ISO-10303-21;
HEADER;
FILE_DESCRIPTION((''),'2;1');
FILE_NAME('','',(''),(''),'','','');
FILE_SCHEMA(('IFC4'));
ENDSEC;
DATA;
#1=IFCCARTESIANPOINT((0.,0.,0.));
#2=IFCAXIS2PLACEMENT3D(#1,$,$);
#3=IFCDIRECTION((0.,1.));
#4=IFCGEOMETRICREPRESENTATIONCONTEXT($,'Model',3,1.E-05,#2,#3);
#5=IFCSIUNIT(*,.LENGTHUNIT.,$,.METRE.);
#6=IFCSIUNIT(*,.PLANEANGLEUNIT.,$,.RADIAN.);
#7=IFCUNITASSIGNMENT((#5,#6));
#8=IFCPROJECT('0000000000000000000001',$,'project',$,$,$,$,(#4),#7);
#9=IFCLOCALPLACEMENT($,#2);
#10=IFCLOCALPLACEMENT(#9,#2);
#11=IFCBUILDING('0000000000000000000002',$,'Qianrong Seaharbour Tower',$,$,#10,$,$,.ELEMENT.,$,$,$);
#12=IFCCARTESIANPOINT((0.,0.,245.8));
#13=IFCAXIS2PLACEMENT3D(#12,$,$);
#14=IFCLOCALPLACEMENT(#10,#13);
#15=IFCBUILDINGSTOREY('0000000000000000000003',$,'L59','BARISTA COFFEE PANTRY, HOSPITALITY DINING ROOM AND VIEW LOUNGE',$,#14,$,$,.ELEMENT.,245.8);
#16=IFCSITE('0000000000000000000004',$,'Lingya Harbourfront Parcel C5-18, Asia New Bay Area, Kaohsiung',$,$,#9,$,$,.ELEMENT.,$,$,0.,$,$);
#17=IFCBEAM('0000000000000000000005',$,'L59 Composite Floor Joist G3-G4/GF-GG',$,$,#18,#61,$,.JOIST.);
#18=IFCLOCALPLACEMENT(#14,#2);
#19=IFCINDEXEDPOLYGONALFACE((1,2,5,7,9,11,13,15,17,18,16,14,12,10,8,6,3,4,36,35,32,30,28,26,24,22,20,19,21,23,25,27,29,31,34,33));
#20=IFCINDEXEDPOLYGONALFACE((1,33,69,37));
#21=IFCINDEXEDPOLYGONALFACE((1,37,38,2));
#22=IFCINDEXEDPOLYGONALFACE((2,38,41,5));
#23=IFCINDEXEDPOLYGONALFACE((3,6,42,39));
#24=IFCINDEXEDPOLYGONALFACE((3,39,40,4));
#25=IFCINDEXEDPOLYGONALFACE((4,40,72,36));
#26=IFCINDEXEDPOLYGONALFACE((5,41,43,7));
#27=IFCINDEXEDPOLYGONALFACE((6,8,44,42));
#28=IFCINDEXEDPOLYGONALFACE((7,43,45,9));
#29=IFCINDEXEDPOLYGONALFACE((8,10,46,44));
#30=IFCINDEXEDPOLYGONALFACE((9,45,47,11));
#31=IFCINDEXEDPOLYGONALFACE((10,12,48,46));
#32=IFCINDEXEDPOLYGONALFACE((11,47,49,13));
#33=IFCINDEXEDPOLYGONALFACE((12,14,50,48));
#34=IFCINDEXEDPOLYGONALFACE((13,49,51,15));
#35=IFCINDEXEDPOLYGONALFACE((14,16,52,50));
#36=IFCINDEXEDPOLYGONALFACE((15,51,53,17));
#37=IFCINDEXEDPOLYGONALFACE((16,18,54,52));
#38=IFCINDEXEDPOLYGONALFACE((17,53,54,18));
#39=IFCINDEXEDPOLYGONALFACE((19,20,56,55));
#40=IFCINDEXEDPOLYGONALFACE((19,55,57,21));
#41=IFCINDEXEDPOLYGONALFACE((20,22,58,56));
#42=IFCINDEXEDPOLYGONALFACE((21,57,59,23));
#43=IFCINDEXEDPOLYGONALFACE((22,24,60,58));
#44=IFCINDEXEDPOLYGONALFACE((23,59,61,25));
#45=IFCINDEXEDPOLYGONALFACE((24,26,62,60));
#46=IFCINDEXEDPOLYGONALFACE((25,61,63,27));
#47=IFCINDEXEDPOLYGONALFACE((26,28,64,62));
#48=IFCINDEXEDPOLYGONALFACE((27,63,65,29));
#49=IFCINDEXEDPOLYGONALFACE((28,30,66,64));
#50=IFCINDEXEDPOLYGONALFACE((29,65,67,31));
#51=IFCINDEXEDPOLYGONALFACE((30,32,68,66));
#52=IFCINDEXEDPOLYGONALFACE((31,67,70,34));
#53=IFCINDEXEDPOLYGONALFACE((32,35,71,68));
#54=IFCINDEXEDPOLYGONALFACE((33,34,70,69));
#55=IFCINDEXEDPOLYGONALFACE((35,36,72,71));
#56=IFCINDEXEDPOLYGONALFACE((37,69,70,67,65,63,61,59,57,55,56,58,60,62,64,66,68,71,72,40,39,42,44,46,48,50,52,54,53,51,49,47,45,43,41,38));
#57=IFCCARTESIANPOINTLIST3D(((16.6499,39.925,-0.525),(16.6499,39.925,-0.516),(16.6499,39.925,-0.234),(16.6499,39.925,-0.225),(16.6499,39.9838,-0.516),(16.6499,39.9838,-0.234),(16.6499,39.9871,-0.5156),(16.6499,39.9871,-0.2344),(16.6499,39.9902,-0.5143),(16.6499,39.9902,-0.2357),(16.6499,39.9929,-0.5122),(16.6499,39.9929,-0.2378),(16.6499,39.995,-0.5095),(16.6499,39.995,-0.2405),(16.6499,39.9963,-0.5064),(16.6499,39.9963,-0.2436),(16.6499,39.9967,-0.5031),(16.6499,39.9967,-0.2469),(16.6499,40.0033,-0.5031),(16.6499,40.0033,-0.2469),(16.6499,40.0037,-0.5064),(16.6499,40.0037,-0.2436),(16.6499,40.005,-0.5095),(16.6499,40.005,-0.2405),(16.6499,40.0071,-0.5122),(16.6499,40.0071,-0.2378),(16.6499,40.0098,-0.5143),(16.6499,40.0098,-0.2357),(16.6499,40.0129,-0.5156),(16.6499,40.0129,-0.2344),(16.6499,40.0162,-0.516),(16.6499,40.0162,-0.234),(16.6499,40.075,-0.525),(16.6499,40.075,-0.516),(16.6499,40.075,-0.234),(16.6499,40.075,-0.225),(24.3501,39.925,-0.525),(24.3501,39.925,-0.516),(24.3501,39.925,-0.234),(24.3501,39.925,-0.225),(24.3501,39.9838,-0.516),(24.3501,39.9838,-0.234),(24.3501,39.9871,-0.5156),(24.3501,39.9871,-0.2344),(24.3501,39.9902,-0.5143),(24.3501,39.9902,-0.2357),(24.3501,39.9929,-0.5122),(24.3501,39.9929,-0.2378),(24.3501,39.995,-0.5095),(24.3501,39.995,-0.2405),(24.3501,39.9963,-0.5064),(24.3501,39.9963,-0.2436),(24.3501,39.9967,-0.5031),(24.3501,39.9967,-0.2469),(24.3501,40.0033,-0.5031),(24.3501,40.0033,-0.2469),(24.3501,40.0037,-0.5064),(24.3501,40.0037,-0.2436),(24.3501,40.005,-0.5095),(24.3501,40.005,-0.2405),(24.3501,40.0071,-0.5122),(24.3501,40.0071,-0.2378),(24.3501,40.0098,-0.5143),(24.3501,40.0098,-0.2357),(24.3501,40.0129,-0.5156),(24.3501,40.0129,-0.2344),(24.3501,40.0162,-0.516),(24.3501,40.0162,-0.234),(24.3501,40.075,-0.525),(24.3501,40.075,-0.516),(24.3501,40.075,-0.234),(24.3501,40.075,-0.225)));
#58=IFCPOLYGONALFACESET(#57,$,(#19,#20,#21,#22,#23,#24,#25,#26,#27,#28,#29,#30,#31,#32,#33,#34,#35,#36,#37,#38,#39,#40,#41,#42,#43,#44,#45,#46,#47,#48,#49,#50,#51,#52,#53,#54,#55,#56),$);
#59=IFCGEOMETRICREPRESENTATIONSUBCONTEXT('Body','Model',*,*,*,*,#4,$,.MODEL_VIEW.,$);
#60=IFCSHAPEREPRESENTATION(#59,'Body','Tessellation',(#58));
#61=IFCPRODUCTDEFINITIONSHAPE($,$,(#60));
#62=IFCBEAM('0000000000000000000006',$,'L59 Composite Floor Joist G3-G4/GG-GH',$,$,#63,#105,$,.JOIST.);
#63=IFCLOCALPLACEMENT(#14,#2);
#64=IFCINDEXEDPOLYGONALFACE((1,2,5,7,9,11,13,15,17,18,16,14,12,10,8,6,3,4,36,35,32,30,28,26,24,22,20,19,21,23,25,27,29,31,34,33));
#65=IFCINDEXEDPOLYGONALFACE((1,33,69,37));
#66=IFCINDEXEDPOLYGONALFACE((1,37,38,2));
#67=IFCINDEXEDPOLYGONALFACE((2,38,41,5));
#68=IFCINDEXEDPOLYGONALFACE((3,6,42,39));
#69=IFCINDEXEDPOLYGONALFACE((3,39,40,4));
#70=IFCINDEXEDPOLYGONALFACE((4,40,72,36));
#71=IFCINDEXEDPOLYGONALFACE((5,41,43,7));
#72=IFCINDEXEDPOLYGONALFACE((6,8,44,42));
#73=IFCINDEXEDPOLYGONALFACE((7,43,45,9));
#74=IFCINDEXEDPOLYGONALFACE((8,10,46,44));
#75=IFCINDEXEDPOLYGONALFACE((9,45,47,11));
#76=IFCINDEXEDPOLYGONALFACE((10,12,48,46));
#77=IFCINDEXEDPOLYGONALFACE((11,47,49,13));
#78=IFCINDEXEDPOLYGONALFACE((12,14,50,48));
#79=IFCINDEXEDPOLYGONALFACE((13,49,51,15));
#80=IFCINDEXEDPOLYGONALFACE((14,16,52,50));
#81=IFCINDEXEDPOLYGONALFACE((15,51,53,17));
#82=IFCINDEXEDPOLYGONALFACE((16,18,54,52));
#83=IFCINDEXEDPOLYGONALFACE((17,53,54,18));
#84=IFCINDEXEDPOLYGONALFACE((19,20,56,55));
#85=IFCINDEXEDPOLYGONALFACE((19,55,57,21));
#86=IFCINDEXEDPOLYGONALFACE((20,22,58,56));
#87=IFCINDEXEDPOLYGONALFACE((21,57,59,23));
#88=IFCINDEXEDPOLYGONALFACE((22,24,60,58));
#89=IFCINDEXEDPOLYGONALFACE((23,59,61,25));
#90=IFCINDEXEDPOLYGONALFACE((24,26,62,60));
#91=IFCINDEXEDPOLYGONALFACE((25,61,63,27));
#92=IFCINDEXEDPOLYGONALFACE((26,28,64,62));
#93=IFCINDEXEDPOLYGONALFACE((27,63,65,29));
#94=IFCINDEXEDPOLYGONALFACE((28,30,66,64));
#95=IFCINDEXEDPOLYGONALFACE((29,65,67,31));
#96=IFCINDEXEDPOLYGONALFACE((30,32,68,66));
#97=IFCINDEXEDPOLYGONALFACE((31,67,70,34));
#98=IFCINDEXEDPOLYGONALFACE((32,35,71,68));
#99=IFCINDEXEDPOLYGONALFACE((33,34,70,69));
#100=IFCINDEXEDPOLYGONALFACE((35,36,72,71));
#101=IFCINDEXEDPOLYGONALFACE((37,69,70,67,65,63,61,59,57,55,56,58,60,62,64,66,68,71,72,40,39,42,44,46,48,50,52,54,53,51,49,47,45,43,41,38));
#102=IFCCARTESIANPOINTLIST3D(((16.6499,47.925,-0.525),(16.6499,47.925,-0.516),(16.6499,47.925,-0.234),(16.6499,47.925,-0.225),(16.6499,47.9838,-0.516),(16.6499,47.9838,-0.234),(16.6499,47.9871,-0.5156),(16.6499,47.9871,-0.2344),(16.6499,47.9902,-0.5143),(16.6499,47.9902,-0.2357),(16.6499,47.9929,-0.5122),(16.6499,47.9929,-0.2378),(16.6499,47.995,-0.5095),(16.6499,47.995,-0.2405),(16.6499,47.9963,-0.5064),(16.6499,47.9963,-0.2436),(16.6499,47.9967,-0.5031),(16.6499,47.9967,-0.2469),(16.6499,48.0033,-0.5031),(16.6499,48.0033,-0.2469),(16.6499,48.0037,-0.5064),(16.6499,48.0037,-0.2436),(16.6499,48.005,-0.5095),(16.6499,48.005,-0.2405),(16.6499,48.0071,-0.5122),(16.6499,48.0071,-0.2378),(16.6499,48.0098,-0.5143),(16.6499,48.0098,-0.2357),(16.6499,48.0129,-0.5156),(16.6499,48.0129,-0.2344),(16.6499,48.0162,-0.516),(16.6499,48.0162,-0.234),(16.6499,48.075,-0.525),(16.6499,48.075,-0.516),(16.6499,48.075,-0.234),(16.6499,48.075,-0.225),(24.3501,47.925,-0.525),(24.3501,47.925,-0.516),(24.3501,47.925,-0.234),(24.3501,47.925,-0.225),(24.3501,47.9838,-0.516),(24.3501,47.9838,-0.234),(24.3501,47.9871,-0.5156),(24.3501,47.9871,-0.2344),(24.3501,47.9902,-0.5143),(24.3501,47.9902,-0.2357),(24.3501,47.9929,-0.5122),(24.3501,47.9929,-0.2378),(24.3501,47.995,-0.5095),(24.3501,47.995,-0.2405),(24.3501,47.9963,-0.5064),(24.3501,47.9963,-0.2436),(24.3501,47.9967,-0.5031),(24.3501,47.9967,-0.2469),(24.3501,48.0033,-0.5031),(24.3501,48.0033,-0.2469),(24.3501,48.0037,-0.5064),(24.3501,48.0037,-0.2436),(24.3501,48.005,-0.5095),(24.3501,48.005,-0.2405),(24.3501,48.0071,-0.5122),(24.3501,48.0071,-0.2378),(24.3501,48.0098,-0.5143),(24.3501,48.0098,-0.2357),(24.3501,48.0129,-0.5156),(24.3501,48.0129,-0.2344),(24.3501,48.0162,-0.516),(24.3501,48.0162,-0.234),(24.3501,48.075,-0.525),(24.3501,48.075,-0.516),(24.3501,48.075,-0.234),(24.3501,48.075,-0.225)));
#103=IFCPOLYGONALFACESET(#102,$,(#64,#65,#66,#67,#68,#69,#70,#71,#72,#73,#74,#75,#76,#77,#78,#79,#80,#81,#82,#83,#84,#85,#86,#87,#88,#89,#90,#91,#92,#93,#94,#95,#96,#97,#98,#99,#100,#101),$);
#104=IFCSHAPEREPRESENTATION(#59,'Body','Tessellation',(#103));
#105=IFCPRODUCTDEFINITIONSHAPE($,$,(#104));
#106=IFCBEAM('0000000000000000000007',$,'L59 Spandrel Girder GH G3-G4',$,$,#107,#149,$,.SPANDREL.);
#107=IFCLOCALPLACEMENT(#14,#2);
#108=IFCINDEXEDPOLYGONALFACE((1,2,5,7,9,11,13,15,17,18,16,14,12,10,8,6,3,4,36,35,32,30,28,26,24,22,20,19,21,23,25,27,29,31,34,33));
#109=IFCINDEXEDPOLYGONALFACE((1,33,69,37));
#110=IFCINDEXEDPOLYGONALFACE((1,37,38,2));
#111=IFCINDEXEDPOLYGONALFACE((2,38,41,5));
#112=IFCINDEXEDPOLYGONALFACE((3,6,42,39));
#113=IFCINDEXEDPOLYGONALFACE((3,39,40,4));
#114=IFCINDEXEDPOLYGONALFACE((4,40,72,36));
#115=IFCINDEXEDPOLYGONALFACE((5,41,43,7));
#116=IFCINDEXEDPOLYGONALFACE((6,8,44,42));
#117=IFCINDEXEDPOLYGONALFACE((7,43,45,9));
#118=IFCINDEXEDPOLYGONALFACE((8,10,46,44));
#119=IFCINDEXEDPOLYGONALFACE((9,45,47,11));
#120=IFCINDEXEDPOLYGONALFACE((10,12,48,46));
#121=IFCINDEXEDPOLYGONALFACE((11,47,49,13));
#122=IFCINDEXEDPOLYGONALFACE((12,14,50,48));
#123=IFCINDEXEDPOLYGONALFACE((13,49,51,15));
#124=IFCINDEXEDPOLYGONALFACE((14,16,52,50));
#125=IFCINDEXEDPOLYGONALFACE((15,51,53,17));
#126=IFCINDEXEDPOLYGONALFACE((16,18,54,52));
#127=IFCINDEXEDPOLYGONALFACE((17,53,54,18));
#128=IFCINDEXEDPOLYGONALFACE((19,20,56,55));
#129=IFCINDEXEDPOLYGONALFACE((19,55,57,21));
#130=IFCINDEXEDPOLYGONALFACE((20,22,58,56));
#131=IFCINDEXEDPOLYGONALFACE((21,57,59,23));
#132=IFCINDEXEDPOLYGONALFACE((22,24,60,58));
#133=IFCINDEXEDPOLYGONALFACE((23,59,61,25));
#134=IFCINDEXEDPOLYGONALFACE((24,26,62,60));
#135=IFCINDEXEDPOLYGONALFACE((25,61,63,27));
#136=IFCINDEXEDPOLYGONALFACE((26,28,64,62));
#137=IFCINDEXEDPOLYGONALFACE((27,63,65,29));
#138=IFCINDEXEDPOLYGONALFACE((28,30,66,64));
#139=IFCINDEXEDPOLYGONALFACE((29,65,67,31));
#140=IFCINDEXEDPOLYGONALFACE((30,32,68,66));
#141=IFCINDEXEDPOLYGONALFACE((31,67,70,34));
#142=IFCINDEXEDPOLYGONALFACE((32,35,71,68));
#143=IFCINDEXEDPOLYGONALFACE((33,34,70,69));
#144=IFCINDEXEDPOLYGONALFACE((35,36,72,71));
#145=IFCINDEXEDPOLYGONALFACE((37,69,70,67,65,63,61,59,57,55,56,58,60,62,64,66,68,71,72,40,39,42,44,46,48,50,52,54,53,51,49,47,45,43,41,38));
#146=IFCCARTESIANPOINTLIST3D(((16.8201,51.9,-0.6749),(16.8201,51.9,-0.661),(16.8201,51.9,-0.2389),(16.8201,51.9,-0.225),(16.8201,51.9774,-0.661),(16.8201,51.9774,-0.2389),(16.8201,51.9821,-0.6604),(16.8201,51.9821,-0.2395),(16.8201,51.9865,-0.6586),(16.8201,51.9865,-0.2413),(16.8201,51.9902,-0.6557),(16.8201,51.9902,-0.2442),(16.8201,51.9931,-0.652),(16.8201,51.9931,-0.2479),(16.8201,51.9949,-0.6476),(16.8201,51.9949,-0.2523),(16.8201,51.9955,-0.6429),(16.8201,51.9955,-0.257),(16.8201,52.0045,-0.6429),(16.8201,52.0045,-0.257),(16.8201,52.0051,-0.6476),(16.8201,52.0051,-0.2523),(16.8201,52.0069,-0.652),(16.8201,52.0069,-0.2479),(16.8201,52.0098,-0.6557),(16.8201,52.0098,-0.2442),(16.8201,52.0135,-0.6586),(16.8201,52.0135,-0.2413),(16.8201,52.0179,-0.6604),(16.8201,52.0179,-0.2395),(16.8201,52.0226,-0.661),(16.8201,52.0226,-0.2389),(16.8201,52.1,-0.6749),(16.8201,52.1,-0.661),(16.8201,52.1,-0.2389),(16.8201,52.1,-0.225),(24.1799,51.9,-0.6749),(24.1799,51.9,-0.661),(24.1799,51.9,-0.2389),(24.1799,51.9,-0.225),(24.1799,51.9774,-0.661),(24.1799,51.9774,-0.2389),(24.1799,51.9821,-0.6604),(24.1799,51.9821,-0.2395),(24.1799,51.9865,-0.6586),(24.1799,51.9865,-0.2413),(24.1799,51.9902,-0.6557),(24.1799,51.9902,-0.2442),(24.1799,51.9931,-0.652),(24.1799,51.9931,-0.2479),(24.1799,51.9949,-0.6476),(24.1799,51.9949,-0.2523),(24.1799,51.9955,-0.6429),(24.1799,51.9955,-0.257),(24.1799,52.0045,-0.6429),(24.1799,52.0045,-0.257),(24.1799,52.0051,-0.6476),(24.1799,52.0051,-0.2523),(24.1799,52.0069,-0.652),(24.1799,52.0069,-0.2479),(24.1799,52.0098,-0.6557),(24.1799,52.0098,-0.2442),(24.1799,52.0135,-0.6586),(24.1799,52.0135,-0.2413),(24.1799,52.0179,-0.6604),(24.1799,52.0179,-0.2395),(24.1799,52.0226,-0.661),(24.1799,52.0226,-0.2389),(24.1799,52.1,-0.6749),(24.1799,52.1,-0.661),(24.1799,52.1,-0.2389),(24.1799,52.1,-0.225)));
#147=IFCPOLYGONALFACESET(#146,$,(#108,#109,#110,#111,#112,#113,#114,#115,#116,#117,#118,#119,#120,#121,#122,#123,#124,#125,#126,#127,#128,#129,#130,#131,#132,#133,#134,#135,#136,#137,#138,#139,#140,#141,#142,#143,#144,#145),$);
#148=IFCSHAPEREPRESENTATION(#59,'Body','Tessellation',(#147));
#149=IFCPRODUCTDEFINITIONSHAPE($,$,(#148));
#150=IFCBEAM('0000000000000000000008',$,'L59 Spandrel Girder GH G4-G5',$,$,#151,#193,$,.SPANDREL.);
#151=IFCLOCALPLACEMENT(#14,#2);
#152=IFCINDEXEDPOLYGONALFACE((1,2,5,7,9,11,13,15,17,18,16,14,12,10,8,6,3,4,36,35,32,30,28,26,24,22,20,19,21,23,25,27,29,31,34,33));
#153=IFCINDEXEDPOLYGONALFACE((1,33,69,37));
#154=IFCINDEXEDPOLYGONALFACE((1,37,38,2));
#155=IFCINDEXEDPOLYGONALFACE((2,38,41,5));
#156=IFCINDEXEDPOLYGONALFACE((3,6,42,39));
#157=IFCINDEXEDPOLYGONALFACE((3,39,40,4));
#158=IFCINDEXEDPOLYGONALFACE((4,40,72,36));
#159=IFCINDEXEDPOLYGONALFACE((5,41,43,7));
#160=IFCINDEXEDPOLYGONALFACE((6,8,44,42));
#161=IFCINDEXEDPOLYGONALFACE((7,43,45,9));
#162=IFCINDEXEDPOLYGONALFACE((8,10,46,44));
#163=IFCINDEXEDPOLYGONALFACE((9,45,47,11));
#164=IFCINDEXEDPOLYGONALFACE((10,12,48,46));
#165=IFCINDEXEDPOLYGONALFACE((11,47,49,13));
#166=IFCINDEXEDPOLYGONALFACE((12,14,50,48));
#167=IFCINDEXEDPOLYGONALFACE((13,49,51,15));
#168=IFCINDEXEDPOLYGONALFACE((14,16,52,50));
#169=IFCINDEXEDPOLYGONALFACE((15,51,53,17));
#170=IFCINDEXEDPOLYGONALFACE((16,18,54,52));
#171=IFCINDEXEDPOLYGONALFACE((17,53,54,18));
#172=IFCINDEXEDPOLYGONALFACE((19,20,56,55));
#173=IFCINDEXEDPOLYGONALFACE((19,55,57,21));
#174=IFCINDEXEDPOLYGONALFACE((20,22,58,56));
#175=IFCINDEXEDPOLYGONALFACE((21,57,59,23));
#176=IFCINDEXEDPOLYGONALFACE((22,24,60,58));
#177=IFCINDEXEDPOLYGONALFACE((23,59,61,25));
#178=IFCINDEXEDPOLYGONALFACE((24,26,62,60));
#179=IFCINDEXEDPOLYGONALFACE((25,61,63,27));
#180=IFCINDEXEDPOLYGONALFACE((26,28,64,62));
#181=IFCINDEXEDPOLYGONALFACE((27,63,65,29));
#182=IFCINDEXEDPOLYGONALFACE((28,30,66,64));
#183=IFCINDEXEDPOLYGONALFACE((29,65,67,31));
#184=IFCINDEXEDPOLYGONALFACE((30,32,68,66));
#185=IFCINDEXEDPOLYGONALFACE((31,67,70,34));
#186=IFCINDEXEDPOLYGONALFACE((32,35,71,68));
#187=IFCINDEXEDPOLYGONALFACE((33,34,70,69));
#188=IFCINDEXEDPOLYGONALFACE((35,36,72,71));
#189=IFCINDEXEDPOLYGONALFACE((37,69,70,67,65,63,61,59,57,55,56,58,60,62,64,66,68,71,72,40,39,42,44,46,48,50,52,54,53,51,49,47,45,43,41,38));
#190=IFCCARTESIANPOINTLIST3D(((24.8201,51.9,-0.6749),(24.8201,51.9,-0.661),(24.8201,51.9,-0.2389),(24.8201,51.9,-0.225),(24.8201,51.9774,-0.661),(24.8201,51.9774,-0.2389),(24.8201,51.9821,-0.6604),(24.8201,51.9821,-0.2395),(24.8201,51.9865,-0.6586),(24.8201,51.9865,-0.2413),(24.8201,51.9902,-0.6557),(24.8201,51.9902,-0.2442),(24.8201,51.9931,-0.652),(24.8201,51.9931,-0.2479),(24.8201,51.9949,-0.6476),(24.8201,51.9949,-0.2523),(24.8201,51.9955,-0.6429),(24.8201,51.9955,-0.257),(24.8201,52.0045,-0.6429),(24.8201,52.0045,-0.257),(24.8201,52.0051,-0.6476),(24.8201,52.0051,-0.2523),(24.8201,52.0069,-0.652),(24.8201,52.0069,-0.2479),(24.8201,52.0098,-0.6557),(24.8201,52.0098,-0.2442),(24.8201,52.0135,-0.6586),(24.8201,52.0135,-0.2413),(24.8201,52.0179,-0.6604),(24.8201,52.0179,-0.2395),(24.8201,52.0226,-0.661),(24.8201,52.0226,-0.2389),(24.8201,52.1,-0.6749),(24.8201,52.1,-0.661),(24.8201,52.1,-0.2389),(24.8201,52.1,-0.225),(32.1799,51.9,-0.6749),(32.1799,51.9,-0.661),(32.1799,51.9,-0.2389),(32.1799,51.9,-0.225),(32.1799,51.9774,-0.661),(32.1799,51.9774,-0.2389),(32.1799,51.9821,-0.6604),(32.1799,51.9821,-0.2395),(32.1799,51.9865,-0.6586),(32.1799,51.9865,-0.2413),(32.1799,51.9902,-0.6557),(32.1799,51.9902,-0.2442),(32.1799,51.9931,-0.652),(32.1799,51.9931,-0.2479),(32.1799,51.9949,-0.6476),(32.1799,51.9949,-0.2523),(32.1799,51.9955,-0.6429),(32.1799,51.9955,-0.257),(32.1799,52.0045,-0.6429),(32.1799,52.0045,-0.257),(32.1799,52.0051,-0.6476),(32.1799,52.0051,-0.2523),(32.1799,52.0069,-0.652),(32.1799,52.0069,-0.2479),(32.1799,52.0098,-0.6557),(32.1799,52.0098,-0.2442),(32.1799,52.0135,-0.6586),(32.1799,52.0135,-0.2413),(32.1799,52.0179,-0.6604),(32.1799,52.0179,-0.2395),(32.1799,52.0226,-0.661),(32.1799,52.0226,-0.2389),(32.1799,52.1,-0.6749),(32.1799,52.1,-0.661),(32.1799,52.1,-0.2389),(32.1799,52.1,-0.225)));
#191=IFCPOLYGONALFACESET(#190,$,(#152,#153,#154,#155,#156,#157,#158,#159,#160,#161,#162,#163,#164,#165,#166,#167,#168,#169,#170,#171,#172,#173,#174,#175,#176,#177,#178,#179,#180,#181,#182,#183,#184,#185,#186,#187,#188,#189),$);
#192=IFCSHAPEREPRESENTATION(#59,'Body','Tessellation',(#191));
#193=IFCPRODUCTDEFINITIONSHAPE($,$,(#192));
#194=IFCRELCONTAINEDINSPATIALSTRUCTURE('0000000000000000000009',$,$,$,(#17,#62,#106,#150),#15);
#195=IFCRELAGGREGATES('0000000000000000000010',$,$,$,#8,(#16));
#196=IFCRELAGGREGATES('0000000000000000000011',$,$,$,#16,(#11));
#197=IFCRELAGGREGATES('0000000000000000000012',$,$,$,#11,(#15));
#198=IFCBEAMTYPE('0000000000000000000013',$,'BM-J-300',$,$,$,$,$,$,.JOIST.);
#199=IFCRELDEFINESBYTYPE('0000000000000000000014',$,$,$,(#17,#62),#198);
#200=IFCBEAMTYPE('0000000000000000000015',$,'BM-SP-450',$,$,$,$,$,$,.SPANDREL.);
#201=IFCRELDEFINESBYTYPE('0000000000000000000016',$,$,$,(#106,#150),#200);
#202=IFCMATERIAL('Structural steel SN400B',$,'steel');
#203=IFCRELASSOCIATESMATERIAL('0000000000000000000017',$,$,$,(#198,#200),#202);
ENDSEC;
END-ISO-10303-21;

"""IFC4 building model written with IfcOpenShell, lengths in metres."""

from ifc_helpers import new_model, si_unit, direction, frame, origin, origin_2d, place, context, subcontext, project, spatial, i_section, extrude, material, material_profile, profile_set, type_object, element, save


model = new_model("IFC4")

# Units and contexts
model_context = context("Model", 3, precision=1e-05, world=origin(), true_north=direction((0.0, 1.0)))
body_context = subcontext(model_context, "Body", "Model", "MODEL_VIEW")
ifc_project = project(units=[si_unit("LENGTHUNIT", "METRE"), si_unit("PLANEANGLEUNIT", "RADIAN")], contexts=[model_context])

# Site, building, storey
site_placement = place(None, origin())
site = spatial("IfcSite", under=ifc_project, at=site_placement, Name="Lingya Harbourfront Parcel C5-18, Asia New Bay Area, Kaohsiung", CompositionType="ELEMENT", RefElevation=0.0)
building_placement = place(site_placement, origin())
building = spatial("IfcBuilding", under=site, at=building_placement, Name="Qianrong Seaharbour Tower", CompositionType="ELEMENT")
storey_placement = place(building_placement, frame((0.0, 0.0, 245.8)))
storey = spatial("IfcBuildingStorey", under=building, at=storey_placement, Name="L59", Description="BARISTA COFFEE PANTRY, HOSPITALITY DINING ROOM AND VIEW LOUNGE", CompositionType="ELEMENT", Elevation=245.8)

# Beams
ifc_material_1 = material(Name="Structural steel SN400B", Category="steel")
ifc_material_profile_1 = material_profile(ifc_material_1, i_section(OverallWidth=0.1499, OverallDepth=0.3, WebThickness=0.0066, FlangeThickness=0.009, FilletRadius=0.0129, at=origin_2d()), Name="H300x150x6.5x9")
ifc_profile_set_1 = profile_set([ifc_material_profile_1], Name="Structural steel SN400B")
beam_type_1 = type_object("IfcBeamType", Name="BM-J-300", PredefinedType="JOIST", material=ifc_profile_set_1)
for number, where, z_axis, x_axis, name in (
    (1, (16.6499, 40.0, -0.375), (1.0, 0.0, 0.0), (0.0, 1.0, 0.0), "L59 Composite Floor Joist G3-G4/GF-GG"),
    (2, (16.6499, 48.0, -0.375), (1.0, 0.0, 0.0), (0.0, 1.0, 0.0), "L59 Composite Floor Joist G3-G4/GG-GH"),
):
    element("IfcBeam", number, at=place(storey_placement, frame(where, z_axis=z_axis, x_axis=x_axis)), inside=storey, type_object=beam_type_1, Name=name, PredefinedType="JOIST", context=body_context, shape_type="SweptSolid", body=[
        extrude(i_section(OverallWidth=0.1499, OverallDepth=0.3, WebThickness=0.0066, FlangeThickness=0.009, FilletRadius=0.0129, at=origin_2d()), origin(), (0.0, 0.0, 1.0), 7.7002),
    ])
ifc_material_profile_2 = material_profile(ifc_material_1, i_section(OverallWidth=0.2, OverallDepth=0.45, WebThickness=0.009, FlangeThickness=0.0139, FilletRadius=0.0181, at=origin_2d()), Name="H450x200x9x14")
ifc_profile_set_2 = profile_set([ifc_material_profile_2], Name="Structural steel SN400B")
beam_type_2 = type_object("IfcBeamType", Name="BM-SP-450", PredefinedType="SPANDREL", material=ifc_profile_set_2)
for number, where, z_axis, x_axis, name in (
    (3, (16.8201, 52.0, -0.45), (1.0, 0.0, 0.0), (0.0, 1.0, 0.0), "L59 Spandrel Girder GH G3-G4"),
    (4, (24.8201, 52.0, -0.45), (1.0, 0.0, 0.0), (0.0, 1.0, 0.0), "L59 Spandrel Girder GH G4-G5"),
):
    element("IfcBeam", number, at=place(storey_placement, frame(where, z_axis=z_axis, x_axis=x_axis)), inside=storey, type_object=beam_type_2, Name=name, PredefinedType="SPANDREL", context=body_context, shape_type="SweptSolid", body=[
        extrude(i_section(OverallWidth=0.2, OverallDepth=0.45, WebThickness=0.009, FlangeThickness=0.0139, FilletRadius=0.0181, at=origin_2d()), origin(), (0.0, 0.0, 1.0), 7.3599),
    ])

save(model, "model.ifc")
